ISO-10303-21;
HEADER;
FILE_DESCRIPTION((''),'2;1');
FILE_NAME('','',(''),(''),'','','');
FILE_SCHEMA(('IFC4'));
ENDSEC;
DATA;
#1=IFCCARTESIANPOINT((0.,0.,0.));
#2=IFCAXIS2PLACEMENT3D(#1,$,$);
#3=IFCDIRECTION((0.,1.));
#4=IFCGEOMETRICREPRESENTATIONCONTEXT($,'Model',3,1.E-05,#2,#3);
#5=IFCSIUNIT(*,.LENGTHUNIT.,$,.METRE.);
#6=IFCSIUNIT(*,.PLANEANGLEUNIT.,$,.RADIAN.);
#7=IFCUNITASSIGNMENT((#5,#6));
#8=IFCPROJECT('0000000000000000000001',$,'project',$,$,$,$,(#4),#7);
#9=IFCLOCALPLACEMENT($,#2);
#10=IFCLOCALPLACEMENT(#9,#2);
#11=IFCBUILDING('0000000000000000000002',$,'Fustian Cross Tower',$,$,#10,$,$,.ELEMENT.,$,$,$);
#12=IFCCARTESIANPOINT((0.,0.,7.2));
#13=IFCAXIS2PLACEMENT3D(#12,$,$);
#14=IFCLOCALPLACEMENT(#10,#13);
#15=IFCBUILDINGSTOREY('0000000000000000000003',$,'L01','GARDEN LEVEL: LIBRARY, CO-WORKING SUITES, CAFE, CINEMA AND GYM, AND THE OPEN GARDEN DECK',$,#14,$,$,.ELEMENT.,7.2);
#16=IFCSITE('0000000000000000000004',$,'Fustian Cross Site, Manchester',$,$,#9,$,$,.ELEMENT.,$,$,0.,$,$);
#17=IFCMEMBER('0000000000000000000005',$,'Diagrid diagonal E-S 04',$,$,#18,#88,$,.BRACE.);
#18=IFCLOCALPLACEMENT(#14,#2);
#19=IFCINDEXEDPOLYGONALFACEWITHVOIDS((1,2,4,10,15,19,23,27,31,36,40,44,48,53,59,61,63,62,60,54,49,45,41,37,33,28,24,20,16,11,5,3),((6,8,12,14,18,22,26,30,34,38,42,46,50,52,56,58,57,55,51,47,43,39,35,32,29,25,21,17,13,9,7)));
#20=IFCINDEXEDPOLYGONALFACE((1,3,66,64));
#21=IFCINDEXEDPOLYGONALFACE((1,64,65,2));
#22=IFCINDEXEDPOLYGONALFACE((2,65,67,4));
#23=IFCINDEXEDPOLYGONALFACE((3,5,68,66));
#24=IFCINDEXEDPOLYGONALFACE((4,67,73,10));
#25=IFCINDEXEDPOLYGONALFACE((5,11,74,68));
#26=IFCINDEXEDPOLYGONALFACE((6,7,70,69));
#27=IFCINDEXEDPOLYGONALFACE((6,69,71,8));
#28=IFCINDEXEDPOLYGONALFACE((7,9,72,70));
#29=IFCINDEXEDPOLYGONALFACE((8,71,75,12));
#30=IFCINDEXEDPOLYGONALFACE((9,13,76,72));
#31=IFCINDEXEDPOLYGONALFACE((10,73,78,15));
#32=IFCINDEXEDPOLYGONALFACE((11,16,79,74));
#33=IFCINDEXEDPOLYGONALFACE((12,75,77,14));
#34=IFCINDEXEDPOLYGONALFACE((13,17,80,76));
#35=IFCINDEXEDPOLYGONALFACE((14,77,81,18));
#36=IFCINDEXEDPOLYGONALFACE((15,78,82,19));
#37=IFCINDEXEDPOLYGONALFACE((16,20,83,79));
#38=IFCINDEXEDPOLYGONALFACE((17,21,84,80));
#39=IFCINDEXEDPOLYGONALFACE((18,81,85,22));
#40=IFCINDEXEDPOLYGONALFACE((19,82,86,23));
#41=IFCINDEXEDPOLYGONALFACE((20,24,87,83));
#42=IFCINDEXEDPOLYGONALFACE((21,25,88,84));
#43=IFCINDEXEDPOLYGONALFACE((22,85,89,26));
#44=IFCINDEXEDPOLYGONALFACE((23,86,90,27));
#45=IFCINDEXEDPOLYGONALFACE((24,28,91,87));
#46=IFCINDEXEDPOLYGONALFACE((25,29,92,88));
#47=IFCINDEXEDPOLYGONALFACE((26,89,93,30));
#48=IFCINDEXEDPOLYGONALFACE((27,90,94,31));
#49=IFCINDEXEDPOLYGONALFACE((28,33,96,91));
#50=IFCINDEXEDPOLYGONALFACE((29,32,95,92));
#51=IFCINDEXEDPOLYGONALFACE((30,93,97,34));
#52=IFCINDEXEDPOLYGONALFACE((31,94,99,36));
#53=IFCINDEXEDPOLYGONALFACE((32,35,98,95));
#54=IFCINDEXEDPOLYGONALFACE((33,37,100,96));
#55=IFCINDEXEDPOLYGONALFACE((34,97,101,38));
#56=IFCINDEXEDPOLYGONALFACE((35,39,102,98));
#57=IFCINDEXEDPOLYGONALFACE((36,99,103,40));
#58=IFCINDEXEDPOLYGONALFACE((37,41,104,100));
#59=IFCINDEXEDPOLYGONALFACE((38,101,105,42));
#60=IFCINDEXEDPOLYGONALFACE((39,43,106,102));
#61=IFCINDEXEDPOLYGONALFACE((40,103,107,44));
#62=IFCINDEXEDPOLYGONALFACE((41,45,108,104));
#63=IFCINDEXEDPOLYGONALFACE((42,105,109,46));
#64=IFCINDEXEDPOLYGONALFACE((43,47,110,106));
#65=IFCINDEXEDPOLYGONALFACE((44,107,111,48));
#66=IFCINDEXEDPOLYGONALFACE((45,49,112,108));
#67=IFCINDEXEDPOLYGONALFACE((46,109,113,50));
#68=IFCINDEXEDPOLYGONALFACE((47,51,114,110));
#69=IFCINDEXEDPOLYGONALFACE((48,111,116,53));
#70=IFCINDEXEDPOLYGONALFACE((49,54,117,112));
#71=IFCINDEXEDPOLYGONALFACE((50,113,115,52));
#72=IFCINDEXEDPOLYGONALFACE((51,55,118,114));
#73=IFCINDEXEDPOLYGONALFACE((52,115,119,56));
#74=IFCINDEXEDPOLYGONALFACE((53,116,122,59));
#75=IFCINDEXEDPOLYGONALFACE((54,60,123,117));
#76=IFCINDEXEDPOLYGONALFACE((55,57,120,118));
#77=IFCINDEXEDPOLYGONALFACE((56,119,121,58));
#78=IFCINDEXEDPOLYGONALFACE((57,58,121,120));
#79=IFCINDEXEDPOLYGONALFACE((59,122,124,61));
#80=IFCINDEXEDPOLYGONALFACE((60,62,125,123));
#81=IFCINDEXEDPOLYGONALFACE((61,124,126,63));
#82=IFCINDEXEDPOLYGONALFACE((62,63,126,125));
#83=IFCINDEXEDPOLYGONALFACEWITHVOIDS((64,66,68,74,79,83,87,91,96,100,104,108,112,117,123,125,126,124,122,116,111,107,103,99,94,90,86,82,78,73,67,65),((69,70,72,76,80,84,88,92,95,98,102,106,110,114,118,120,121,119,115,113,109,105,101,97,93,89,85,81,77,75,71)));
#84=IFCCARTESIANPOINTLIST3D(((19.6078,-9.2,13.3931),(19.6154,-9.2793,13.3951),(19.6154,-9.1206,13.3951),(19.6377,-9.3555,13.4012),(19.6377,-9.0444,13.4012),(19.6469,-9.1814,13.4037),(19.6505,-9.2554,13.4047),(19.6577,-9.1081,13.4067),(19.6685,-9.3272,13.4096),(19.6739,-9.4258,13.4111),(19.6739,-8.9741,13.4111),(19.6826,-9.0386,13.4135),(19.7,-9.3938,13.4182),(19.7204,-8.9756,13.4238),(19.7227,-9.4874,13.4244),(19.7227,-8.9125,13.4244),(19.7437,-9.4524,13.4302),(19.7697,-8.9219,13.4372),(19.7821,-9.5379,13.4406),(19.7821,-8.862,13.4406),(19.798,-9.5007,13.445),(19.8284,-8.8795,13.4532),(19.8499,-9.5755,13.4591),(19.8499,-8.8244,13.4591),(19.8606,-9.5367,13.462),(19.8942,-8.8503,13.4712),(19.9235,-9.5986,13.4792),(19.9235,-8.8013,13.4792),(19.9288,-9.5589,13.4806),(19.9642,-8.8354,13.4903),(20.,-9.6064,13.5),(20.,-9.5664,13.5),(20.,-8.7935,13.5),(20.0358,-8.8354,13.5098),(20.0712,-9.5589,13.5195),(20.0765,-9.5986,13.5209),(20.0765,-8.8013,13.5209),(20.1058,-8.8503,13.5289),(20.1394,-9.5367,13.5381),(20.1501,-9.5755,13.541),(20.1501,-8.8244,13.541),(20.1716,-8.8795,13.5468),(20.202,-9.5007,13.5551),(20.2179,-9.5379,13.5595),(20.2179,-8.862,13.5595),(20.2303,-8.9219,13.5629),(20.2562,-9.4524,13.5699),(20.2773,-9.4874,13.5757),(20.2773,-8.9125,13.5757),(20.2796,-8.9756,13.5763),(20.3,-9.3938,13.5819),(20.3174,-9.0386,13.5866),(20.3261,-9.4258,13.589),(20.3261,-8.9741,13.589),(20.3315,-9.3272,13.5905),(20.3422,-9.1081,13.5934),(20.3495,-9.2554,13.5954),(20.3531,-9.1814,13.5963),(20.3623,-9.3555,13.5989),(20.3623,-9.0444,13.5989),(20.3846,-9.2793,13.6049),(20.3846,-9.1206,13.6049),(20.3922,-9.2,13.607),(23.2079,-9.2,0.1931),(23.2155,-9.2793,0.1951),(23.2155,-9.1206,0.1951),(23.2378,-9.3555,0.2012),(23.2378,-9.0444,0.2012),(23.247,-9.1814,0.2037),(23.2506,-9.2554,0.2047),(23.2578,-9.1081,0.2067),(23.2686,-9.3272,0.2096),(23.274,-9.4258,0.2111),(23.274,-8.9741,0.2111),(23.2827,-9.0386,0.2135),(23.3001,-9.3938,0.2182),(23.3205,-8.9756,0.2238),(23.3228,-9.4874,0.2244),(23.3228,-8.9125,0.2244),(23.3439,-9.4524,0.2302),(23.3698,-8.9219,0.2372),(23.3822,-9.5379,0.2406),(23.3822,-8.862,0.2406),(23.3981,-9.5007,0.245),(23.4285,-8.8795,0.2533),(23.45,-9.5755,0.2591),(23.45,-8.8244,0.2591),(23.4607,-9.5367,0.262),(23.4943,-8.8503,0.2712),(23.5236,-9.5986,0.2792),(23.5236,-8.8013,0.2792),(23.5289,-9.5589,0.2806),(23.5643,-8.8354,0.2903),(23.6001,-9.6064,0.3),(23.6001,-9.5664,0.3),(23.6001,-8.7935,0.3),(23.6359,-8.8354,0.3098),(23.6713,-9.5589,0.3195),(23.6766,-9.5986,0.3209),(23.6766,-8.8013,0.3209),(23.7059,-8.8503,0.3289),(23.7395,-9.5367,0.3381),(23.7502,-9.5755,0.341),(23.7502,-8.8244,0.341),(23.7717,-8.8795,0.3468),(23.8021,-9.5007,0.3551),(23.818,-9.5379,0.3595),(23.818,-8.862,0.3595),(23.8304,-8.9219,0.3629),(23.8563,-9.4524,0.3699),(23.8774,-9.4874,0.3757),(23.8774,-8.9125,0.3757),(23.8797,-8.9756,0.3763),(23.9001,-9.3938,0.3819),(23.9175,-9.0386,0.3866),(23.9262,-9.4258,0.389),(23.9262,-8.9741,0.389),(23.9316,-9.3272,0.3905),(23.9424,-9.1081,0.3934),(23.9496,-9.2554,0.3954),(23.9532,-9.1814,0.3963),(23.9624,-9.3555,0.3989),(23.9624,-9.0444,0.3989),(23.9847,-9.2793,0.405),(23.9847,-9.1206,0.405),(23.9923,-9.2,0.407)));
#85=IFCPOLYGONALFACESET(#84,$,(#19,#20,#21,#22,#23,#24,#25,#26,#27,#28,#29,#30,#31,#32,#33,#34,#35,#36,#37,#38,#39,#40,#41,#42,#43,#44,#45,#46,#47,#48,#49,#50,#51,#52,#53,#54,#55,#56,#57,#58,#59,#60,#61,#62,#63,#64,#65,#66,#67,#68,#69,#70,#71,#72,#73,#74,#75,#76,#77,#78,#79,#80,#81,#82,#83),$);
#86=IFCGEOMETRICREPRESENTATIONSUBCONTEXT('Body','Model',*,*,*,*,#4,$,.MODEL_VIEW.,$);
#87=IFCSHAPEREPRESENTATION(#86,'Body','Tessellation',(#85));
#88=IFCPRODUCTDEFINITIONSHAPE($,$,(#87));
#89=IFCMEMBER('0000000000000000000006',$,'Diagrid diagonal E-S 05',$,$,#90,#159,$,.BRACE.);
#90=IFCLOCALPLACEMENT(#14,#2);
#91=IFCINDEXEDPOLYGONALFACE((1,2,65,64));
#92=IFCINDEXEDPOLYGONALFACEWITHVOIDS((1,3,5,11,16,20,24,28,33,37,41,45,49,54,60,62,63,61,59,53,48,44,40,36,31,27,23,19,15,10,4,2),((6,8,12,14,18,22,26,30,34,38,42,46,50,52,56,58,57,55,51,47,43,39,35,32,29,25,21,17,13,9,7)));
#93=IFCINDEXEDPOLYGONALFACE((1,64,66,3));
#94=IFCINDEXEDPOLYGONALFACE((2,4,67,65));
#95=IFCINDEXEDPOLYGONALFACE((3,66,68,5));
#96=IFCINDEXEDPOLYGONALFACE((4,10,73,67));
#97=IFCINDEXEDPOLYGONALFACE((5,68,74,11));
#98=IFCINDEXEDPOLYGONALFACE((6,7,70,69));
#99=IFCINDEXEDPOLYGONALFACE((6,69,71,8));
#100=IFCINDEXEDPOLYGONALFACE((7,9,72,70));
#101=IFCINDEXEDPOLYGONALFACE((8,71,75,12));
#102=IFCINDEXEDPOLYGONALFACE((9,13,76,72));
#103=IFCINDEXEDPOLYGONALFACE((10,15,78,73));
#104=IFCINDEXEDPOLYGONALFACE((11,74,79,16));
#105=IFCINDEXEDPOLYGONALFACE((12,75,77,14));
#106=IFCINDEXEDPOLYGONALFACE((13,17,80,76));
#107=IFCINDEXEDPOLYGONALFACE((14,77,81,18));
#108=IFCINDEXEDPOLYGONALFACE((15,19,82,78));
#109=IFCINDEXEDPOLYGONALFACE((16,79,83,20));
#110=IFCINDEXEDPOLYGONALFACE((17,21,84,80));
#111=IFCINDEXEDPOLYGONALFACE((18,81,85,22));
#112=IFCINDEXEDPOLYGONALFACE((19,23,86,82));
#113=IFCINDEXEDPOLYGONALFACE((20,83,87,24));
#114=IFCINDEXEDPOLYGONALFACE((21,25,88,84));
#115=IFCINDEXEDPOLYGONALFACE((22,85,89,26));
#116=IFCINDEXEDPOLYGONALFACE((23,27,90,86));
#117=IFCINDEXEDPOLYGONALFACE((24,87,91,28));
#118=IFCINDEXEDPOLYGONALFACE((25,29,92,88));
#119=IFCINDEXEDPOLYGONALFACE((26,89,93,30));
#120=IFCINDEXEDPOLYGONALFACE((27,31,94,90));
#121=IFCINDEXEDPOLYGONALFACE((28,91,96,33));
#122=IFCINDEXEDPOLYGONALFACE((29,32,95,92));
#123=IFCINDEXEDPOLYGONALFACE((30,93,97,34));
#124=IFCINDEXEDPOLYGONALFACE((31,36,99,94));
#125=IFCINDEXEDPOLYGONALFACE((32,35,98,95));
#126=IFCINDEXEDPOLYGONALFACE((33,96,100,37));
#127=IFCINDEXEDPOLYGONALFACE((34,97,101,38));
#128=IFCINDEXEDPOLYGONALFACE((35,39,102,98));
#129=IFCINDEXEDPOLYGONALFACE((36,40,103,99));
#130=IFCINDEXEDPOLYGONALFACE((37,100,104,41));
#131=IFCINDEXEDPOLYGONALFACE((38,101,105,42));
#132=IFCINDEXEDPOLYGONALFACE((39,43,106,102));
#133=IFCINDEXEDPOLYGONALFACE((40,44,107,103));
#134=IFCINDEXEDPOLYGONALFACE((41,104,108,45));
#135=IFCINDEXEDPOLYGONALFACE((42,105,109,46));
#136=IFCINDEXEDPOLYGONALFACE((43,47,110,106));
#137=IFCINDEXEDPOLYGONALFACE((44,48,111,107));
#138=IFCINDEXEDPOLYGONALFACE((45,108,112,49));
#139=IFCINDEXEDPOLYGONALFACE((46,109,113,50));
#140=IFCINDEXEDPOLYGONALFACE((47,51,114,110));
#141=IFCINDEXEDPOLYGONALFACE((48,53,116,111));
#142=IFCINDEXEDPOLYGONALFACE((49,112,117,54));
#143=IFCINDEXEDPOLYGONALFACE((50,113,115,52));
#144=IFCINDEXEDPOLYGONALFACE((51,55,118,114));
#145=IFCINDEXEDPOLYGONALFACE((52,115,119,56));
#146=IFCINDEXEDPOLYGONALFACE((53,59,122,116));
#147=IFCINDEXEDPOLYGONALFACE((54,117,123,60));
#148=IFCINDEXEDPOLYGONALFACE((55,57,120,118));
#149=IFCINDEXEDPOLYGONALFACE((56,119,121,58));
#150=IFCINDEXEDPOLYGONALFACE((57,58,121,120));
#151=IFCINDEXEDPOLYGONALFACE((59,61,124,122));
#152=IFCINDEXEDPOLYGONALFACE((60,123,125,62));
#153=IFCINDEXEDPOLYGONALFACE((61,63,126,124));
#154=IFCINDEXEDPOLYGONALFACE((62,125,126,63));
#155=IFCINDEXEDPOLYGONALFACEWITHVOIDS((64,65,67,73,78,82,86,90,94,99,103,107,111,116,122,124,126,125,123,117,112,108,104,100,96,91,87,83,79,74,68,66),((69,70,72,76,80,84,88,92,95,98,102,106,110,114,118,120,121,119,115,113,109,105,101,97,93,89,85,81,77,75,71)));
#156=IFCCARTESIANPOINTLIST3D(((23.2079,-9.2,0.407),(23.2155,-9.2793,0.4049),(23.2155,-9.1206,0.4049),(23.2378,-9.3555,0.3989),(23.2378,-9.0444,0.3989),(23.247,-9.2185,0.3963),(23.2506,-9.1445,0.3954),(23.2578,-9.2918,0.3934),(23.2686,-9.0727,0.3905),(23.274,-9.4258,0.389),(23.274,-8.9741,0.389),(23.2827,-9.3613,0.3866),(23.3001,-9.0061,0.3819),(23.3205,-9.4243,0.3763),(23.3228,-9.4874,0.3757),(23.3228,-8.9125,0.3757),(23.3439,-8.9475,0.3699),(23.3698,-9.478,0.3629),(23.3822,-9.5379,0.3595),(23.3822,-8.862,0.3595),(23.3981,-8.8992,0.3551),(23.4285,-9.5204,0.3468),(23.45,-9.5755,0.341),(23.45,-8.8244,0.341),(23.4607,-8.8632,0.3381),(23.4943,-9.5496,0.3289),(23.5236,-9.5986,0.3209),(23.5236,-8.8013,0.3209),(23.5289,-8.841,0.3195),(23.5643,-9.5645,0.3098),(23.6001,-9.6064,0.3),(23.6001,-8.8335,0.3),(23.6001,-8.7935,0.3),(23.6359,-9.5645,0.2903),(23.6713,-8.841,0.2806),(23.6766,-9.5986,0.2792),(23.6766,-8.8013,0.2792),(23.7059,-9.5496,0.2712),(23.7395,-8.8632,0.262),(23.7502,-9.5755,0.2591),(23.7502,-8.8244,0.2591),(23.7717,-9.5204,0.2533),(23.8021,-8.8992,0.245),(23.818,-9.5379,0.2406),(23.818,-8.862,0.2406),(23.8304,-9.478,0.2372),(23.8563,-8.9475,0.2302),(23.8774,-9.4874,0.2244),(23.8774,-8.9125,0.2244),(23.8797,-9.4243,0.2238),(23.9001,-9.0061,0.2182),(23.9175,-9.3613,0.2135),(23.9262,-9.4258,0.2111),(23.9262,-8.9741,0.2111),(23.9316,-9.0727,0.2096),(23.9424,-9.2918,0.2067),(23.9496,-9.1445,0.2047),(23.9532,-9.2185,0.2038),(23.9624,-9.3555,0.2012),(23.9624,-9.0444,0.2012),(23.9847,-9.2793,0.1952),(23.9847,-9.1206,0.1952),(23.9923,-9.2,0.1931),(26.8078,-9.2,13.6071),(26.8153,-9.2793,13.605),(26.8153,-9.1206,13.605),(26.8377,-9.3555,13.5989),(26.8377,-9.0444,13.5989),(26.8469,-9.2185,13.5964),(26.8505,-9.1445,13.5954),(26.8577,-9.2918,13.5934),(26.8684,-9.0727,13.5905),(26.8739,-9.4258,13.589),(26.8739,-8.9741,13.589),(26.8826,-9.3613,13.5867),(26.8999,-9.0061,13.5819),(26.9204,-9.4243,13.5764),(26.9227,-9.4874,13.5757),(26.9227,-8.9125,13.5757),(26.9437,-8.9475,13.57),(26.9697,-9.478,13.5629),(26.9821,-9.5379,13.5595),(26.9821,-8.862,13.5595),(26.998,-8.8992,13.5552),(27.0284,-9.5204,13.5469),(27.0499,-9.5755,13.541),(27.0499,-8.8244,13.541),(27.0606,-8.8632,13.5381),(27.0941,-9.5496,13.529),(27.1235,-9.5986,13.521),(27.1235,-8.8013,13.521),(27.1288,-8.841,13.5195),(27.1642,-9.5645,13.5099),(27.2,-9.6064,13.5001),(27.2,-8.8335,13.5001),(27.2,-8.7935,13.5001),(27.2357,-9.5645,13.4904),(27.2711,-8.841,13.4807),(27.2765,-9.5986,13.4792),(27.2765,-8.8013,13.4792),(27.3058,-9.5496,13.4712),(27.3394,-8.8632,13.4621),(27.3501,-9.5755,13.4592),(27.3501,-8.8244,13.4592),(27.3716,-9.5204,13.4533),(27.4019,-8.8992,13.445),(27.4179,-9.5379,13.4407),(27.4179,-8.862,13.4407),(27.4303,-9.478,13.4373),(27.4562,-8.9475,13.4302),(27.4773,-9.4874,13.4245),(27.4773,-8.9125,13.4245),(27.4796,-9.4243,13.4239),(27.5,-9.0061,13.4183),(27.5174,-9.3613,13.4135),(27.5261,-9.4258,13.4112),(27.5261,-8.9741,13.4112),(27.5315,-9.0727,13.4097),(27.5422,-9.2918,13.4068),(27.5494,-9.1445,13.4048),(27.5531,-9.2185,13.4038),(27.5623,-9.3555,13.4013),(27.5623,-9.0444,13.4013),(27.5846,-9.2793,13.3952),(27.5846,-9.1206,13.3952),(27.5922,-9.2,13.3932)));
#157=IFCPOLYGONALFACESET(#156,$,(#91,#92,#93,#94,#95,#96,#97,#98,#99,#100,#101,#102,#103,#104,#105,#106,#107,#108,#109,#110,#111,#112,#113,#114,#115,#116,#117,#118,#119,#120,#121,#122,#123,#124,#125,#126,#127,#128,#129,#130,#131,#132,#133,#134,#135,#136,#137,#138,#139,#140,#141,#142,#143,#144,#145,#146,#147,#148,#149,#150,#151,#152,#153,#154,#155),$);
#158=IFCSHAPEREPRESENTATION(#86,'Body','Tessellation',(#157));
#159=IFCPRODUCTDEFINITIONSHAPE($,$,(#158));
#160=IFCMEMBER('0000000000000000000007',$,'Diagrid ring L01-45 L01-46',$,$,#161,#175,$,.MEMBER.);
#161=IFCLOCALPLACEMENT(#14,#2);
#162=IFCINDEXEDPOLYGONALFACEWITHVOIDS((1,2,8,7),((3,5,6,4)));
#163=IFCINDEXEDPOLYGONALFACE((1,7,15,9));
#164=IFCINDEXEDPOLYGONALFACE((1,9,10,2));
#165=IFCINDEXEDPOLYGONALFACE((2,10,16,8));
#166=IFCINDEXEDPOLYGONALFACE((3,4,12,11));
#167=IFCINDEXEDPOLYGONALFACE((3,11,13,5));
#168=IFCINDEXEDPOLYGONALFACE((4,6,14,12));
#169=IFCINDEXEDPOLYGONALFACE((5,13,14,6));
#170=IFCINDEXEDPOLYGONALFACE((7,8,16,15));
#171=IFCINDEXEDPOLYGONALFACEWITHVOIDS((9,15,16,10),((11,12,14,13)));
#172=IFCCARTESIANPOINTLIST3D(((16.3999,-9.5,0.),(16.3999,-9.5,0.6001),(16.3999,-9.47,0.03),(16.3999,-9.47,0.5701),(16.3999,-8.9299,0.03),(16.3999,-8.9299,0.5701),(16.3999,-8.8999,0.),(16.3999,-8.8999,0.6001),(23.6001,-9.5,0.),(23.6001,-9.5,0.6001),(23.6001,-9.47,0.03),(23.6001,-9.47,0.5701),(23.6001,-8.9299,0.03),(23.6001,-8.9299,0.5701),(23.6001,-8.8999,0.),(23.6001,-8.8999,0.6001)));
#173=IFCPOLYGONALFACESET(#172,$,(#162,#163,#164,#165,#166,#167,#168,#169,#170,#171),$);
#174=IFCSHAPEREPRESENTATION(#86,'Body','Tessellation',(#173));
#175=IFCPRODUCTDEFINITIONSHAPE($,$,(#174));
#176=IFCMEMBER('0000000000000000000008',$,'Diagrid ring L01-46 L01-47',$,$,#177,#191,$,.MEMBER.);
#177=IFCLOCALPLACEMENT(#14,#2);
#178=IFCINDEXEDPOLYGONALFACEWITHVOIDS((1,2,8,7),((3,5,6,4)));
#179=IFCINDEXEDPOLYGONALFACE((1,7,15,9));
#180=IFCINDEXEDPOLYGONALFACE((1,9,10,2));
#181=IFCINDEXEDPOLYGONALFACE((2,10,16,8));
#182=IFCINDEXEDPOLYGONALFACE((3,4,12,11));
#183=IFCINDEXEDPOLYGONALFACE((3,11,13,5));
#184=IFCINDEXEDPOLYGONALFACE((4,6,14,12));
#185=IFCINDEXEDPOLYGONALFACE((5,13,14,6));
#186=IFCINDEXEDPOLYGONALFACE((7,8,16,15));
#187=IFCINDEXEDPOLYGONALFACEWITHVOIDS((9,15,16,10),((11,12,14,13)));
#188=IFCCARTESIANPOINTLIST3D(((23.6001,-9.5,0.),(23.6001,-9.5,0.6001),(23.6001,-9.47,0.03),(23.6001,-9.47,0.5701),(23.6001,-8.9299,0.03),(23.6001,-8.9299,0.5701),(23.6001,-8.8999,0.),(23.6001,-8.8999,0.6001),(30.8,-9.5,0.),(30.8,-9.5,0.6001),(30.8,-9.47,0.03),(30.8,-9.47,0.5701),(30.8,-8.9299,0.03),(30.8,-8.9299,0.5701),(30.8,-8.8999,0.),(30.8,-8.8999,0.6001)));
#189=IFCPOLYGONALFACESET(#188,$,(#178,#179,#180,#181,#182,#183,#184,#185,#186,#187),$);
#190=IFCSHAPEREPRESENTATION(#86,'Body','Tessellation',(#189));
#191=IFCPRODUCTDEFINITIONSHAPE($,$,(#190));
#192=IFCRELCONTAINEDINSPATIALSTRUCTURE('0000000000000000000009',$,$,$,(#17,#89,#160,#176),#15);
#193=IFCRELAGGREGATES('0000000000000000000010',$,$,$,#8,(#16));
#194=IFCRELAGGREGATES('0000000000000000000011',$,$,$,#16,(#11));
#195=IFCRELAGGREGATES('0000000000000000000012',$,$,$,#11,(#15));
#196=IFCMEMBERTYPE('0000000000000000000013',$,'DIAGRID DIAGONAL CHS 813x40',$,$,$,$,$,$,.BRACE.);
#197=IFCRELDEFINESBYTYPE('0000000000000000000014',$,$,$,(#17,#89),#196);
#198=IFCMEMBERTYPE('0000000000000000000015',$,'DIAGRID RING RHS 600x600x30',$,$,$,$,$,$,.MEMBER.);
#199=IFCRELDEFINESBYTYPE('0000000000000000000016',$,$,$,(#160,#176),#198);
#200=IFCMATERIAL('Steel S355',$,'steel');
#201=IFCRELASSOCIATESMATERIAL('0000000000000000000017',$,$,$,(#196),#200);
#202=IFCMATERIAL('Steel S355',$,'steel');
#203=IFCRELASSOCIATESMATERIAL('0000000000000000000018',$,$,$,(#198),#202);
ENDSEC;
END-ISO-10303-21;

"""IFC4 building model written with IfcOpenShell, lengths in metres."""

from ifc_helpers import new_model, si_unit, direction, frame, origin, origin_2d, place, context, subcontext, project, spatial, hollow_rectangle, hollow_circle, extrude, material, material_profile, profile_set, type_object, element, save


model = new_model("IFC4")

# Units and contexts
model_context = context("Model", 3, precision=1e-05, world=origin(), true_north=direction((0.0, 1.0)))
body_context = subcontext(model_context, "Body", "Model", "MODEL_VIEW")
ifc_project = project(units=[si_unit("LENGTHUNIT", "METRE"), si_unit("PLANEANGLEUNIT", "RADIAN")], contexts=[model_context])

# Site, building, storey
site_placement = place(None, origin())
site = spatial("IfcSite", under=ifc_project, at=site_placement, Name="Fustian Cross Site, Manchester", CompositionType="ELEMENT", RefElevation=0.0)
building_placement = place(site_placement, origin())
building = spatial("IfcBuilding", under=site, at=building_placement, Name="Fustian Cross Tower", CompositionType="ELEMENT")
storey_placement = place(building_placement, frame((0.0, 0.0, 7.2)))
storey = spatial("IfcBuildingStorey", under=building, at=storey_placement, Name="L01", Description="GARDEN LEVEL: LIBRARY, CO-WORKING SUITES, CAFE, CINEMA AND GYM, AND THE OPEN GARDEN DECK", CompositionType="ELEMENT", Elevation=7.2)

# Members
ifc_material_1 = material(Name="Steel S355", Category="steel")
ifc_material_profile_1 = material_profile(ifc_material_1, hollow_circle(Radius=0.4065, WallThickness=0.04, at=origin_2d()), Name="CHS 813x40")
ifc_profile_set_1 = profile_set([ifc_material_profile_1], Name="Steel S355")
member_type_1 = type_object("IfcMemberType", Name="DIAGRID DIAGONAL CHS 813x40", PredefinedType="BRACE", material=ifc_profile_set_1)
for number, where, z_axis, x_axis, name in (
    (1, (23.6001, -9.2, 0.3), (-0.263125, 0.0, 0.964762), (0.0, -1.0, 0.0), "Diagrid diagonal E-S 04"),
    (2, (23.6001, -9.2, 0.3), (0.263108, 0.0, 0.964766), (0.0, 1.0, 0.0), "Diagrid diagonal E-S 05"),
):
    element("IfcMember", number, at=place(storey_placement, frame(where, z_axis=z_axis, x_axis=x_axis)), inside=storey, type_object=member_type_1, Name=name, PredefinedType="BRACE", context=body_context, shape_type="SweptSolid", body=[
        extrude(hollow_circle(Radius=0.4065, WallThickness=0.04, at=origin_2d()), origin(), (0.0, 0.0, 1.0), 13.6821),
    ])
ifc_material_2 = material(Name="Steel S355", Category="steel")
ifc_material_profile_2 = material_profile(ifc_material_2, hollow_rectangle(XDim=0.6001, YDim=0.6001, WallThickness=0.03, at=origin_2d()), Name="RHS 600x600x30")
ifc_profile_set_2 = profile_set([ifc_material_profile_2], Name="Steel S355")
member_type_2 = type_object("IfcMemberType", Name="DIAGRID RING RHS 600x600x30", PredefinedType="MEMBER", material=ifc_profile_set_2)
member_1_placement = place(storey_placement, frame((16.3999, -9.2, 0.3), z_axis=(1.0, 0.0, 0.0), x_axis=(0.0, 1.0, 0.0)))
element("IfcMember", 3, at=member_1_placement, inside=storey, type_object=member_type_2, Name="Diagrid ring L01-45 L01-46", PredefinedType="MEMBER", context=body_context, shape_type="SweptSolid", body=[
    extrude(hollow_rectangle(XDim=0.6001, YDim=0.6001, WallThickness=0.03, at=origin_2d()), origin(), (0.0, 0.0, 1.0), 7.2002),
])
member_2_placement = place(storey_placement, frame((23.6001, -9.2, 0.3), z_axis=(1.0, 0.0, 0.0), x_axis=(0.0, 1.0, 0.0)))
element("IfcMember", 4, at=member_2_placement, inside=storey, type_object=member_type_2, Name="Diagrid ring L01-46 L01-47", PredefinedType="MEMBER", context=body_context, shape_type="SweptSolid", body=[
    extrude(hollow_rectangle(XDim=0.6001, YDim=0.6001, WallThickness=0.03, at=origin_2d()), origin(), (0.0, 0.0, 1.0), 7.2),
])

save(model, "model.ifc")
